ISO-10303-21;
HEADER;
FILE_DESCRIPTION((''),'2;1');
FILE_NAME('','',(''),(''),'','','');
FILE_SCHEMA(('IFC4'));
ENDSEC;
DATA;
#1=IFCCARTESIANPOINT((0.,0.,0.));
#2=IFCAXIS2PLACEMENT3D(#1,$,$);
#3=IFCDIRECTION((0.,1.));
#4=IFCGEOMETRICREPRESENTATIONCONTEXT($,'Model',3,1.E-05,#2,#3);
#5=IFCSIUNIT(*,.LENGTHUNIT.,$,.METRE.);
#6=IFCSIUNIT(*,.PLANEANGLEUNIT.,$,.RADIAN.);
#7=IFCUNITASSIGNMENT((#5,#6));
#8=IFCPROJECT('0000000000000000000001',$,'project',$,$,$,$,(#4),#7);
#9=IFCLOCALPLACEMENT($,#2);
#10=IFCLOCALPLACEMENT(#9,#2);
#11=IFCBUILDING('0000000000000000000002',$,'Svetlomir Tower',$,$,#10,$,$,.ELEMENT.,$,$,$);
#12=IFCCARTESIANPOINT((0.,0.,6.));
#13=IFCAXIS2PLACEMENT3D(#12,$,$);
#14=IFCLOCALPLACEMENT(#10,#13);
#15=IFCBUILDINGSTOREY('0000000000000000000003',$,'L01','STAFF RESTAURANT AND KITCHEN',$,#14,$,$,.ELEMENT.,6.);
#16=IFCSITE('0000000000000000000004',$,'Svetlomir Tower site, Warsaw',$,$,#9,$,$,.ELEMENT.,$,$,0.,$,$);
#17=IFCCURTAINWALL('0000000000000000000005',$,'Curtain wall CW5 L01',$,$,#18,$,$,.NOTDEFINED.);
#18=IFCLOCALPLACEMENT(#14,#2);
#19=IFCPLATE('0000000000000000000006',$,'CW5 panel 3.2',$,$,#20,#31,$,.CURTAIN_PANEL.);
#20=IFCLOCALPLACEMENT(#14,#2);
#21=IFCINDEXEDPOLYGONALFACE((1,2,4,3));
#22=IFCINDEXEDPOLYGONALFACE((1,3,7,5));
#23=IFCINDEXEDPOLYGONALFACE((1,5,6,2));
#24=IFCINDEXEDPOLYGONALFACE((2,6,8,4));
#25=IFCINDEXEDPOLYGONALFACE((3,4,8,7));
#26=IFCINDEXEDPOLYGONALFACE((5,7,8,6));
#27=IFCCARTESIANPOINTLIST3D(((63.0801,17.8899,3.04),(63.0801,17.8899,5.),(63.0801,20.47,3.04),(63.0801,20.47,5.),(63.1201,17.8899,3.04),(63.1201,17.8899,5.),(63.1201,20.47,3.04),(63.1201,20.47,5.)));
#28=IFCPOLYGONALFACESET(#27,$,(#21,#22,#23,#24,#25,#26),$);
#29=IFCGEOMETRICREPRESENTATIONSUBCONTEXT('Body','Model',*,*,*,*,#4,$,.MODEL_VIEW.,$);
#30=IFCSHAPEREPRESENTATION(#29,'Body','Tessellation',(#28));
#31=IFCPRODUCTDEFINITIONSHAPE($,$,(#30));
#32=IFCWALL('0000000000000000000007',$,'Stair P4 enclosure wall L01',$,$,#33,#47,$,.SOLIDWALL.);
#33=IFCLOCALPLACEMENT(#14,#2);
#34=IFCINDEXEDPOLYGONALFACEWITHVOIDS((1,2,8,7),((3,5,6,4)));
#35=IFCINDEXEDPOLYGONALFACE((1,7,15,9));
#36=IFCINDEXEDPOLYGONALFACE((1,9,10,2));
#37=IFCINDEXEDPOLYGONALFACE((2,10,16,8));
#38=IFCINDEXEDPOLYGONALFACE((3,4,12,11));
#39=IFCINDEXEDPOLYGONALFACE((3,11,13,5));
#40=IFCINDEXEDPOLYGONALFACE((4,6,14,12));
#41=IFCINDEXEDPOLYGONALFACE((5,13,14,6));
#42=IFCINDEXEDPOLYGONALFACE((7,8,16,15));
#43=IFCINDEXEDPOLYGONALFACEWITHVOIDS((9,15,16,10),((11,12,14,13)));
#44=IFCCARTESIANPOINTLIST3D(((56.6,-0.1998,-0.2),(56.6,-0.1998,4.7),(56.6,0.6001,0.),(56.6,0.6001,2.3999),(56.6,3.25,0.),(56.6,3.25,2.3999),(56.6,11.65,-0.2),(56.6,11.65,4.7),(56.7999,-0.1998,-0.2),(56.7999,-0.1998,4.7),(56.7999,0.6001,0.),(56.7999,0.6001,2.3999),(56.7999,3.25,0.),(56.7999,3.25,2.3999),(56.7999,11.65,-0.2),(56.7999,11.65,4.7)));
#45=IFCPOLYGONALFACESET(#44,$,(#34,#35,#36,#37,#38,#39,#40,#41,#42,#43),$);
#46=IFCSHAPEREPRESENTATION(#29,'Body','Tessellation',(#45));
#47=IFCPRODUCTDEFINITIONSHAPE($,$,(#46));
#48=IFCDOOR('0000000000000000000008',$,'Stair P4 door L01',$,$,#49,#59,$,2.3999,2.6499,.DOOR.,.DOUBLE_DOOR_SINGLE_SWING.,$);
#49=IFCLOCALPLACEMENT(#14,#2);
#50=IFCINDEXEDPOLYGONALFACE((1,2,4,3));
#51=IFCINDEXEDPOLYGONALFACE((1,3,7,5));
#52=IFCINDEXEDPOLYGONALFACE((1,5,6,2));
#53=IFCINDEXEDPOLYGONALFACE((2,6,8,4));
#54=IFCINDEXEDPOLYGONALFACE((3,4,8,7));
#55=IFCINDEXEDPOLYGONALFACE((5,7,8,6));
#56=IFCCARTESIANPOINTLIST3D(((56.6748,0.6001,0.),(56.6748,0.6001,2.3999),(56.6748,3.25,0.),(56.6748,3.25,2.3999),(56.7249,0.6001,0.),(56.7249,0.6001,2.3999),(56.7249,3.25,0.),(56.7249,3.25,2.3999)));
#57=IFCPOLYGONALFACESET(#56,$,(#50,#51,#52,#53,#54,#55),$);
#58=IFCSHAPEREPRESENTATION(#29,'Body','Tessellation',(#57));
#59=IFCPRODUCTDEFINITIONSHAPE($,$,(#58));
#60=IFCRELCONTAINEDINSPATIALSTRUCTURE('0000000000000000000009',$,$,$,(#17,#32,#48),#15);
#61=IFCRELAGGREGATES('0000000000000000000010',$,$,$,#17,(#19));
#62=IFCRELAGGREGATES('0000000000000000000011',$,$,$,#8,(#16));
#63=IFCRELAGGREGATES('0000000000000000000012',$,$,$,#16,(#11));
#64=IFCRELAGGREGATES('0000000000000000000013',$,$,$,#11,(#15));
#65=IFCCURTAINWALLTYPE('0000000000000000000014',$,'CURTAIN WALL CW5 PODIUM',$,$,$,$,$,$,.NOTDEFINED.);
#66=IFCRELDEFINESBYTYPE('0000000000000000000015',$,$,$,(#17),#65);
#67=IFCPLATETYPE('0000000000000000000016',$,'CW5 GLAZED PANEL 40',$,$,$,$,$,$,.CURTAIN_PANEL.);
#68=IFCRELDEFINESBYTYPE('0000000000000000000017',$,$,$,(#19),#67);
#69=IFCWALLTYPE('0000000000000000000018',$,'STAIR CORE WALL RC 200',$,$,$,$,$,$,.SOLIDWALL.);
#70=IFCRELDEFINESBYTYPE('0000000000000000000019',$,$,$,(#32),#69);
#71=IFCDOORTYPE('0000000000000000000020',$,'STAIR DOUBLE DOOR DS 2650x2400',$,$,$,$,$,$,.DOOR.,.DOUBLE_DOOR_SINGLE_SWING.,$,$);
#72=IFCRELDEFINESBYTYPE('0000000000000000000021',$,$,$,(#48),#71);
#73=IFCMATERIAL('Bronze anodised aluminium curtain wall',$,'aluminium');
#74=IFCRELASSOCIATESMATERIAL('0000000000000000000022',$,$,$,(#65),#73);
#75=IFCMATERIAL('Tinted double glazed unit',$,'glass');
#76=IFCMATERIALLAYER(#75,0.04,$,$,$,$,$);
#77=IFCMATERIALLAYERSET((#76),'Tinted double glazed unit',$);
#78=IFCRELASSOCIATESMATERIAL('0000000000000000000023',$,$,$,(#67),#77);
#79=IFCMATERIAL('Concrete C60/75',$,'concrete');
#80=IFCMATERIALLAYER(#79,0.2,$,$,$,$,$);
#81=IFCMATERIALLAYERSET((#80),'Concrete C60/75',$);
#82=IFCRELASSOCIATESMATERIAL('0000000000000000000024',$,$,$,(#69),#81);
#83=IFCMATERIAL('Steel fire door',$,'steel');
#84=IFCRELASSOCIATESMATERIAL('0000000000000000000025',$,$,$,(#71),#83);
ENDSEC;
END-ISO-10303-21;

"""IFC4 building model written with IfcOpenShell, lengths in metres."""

from ifc_helpers import new_model, si_unit, direction, frame, frame_2d, origin, origin_2d, place, context, subcontext, project, spatial, rectangle, extrude, material, layer, layer_set, type_object, element, fill, aggregate, save


model = new_model("IFC4")

# Units and contexts
model_context = context("Model", 3, precision=1e-05, world=origin(), true_north=direction((0.0, 1.0)))
body_context = subcontext(model_context, "Body", "Model", "MODEL_VIEW")
ifc_project = project(units=[si_unit("LENGTHUNIT", "METRE"), si_unit("PLANEANGLEUNIT", "RADIAN")], contexts=[model_context])

# Site, building, storey
site_placement = place(None, origin())
site = spatial("IfcSite", under=ifc_project, at=site_placement, Name="Svetlomir Tower site, Warsaw", CompositionType="ELEMENT", RefElevation=0.0)
building_placement = place(site_placement, origin())
building = spatial("IfcBuilding", under=site, at=building_placement, Name="Svetlomir Tower", CompositionType="ELEMENT")
storey_placement = place(building_placement, frame((0.0, 0.0, 6.0)))
storey = spatial("IfcBuildingStorey", under=building, at=storey_placement, Name="L01", Description="STAFF RESTAURANT AND KITCHEN", CompositionType="ELEMENT", Elevation=6.0)

# Curtain wall
ifc_material_1 = material(Name="Bronze anodised aluminium curtain wall", Category="aluminium")
curtain_wall_type = type_object("IfcCurtainWallType", Name="CURTAIN WALL CW5 PODIUM", PredefinedType="NOTDEFINED", material=ifc_material_1)
curtain_wall_placement = place(storey_placement, origin())
curtain_wall = element("IfcCurtainWall", 1, at=curtain_wall_placement, inside=storey, type_object=curtain_wall_type, Name="Curtain wall CW5 L01", PredefinedType="NOTDEFINED")

# Plate
ifc_material_2 = material(Name="Tinted double glazed unit", Category="glass")
ifc_layer_1 = layer(ifc_material_2, 0.04)
ifc_layer_set_1 = layer_set([ifc_layer_1], Name="Tinted double glazed unit")
plate_type = type_object("IfcPlateType", Name="CW5 GLAZED PANEL 40", PredefinedType="CURTAIN_PANEL", material=ifc_layer_set_1)
plate_1_placement = place(storey_placement, frame((63.1001, 19.1799, 3.04), z_axis=(0.0, 0.0, 1.0), x_axis=(0.0, 1.0, 0.0)))
plate_1 = element("IfcPlate", 2, at=plate_1_placement, type_object=plate_type, Name="CW5 panel 3.2", PredefinedType="CURTAIN_PANEL", context=body_context, shape_type="SweptSolid", body=[
    extrude(rectangle(XDim=2.5801, YDim=0.04, at=origin_2d()), origin(), (0.0, 0.0, 1.0), 1.96),
])
aggregate(curtain_wall, [plate_1])

# Wall, opening, door
ifc_material_3 = material(Name="Concrete C60/75", Category="concrete")
ifc_layer_2 = layer(ifc_material_3, 0.2)
ifc_layer_set_2 = layer_set([ifc_layer_2], Name="Concrete C60/75")
wall_type = type_object("IfcWallType", Name="STAIR CORE WALL RC 200", PredefinedType="SOLIDWALL", material=ifc_layer_set_2)
wall_placement = place(storey_placement, frame((56.7, 11.6499, -0.2), z_axis=(0.0, 0.0, 1.0), x_axis=(0.0, -1.0, 0.0)))
wall = element("IfcWall", 3, at=wall_placement, inside=storey, type_object=wall_type, Name="Stair P4 enclosure wall L01", PredefinedType="SOLIDWALL", context=body_context, shape_type="SweptSolid", body=[
    extrude(rectangle(XDim=11.8499, YDim=0.2, at=frame_2d((5.9248, 0.0))), origin(), (0.0, 0.0, 1.0), 4.8999),
])
opening_placement = place(wall_placement, frame((8.3999, 0.0, 0.2)))
opening = element("IfcOpeningElement", 4, at=opening_placement, cuts=wall, PredefinedType="OPENING", context=body_context, shape_type="SweptSolid", body=[
    extrude(rectangle(XDim=2.6499, YDim=2.3999, at=frame_2d((1.325, 1.2))), frame((0.0, 0.1099, 0.0), z_axis=(0.0, -1.0, 0.0), x_axis=(1.0, 0.0, 0.0)), (0.0, 0.0, 1.0), 0.22),
])
ifc_material_4 = material(Name="Steel fire door", Category="steel")
door_type = type_object("IfcDoorType", Name="STAIR DOUBLE DOOR DS 2650x2400", OperationType="DOUBLE_DOOR_SINGLE_SWING", PredefinedType="DOOR", material=ifc_material_4)
door_placement = place(opening_placement, origin())
door = element("IfcDoor", 5, at=door_placement, inside=storey, type_object=door_type, Name="Stair P4 door L01", OperationType="DOUBLE_DOOR_SINGLE_SWING", OverallHeight=2.3999, OverallWidth=2.6499, PredefinedType="DOOR", context=body_context, shape_type="SweptSolid", body=[
    extrude(rectangle(XDim=2.6499, YDim=2.3999, at=frame_2d((1.325, 1.2))), frame((0.0, 0.0249, 0.0), z_axis=(0.0, -1.0, 0.0), x_axis=(1.0, 0.0, 0.0)), (0.0, 0.0, 1.0), 0.05),
])
fill(opening, door)

save(model, "model.ifc")
